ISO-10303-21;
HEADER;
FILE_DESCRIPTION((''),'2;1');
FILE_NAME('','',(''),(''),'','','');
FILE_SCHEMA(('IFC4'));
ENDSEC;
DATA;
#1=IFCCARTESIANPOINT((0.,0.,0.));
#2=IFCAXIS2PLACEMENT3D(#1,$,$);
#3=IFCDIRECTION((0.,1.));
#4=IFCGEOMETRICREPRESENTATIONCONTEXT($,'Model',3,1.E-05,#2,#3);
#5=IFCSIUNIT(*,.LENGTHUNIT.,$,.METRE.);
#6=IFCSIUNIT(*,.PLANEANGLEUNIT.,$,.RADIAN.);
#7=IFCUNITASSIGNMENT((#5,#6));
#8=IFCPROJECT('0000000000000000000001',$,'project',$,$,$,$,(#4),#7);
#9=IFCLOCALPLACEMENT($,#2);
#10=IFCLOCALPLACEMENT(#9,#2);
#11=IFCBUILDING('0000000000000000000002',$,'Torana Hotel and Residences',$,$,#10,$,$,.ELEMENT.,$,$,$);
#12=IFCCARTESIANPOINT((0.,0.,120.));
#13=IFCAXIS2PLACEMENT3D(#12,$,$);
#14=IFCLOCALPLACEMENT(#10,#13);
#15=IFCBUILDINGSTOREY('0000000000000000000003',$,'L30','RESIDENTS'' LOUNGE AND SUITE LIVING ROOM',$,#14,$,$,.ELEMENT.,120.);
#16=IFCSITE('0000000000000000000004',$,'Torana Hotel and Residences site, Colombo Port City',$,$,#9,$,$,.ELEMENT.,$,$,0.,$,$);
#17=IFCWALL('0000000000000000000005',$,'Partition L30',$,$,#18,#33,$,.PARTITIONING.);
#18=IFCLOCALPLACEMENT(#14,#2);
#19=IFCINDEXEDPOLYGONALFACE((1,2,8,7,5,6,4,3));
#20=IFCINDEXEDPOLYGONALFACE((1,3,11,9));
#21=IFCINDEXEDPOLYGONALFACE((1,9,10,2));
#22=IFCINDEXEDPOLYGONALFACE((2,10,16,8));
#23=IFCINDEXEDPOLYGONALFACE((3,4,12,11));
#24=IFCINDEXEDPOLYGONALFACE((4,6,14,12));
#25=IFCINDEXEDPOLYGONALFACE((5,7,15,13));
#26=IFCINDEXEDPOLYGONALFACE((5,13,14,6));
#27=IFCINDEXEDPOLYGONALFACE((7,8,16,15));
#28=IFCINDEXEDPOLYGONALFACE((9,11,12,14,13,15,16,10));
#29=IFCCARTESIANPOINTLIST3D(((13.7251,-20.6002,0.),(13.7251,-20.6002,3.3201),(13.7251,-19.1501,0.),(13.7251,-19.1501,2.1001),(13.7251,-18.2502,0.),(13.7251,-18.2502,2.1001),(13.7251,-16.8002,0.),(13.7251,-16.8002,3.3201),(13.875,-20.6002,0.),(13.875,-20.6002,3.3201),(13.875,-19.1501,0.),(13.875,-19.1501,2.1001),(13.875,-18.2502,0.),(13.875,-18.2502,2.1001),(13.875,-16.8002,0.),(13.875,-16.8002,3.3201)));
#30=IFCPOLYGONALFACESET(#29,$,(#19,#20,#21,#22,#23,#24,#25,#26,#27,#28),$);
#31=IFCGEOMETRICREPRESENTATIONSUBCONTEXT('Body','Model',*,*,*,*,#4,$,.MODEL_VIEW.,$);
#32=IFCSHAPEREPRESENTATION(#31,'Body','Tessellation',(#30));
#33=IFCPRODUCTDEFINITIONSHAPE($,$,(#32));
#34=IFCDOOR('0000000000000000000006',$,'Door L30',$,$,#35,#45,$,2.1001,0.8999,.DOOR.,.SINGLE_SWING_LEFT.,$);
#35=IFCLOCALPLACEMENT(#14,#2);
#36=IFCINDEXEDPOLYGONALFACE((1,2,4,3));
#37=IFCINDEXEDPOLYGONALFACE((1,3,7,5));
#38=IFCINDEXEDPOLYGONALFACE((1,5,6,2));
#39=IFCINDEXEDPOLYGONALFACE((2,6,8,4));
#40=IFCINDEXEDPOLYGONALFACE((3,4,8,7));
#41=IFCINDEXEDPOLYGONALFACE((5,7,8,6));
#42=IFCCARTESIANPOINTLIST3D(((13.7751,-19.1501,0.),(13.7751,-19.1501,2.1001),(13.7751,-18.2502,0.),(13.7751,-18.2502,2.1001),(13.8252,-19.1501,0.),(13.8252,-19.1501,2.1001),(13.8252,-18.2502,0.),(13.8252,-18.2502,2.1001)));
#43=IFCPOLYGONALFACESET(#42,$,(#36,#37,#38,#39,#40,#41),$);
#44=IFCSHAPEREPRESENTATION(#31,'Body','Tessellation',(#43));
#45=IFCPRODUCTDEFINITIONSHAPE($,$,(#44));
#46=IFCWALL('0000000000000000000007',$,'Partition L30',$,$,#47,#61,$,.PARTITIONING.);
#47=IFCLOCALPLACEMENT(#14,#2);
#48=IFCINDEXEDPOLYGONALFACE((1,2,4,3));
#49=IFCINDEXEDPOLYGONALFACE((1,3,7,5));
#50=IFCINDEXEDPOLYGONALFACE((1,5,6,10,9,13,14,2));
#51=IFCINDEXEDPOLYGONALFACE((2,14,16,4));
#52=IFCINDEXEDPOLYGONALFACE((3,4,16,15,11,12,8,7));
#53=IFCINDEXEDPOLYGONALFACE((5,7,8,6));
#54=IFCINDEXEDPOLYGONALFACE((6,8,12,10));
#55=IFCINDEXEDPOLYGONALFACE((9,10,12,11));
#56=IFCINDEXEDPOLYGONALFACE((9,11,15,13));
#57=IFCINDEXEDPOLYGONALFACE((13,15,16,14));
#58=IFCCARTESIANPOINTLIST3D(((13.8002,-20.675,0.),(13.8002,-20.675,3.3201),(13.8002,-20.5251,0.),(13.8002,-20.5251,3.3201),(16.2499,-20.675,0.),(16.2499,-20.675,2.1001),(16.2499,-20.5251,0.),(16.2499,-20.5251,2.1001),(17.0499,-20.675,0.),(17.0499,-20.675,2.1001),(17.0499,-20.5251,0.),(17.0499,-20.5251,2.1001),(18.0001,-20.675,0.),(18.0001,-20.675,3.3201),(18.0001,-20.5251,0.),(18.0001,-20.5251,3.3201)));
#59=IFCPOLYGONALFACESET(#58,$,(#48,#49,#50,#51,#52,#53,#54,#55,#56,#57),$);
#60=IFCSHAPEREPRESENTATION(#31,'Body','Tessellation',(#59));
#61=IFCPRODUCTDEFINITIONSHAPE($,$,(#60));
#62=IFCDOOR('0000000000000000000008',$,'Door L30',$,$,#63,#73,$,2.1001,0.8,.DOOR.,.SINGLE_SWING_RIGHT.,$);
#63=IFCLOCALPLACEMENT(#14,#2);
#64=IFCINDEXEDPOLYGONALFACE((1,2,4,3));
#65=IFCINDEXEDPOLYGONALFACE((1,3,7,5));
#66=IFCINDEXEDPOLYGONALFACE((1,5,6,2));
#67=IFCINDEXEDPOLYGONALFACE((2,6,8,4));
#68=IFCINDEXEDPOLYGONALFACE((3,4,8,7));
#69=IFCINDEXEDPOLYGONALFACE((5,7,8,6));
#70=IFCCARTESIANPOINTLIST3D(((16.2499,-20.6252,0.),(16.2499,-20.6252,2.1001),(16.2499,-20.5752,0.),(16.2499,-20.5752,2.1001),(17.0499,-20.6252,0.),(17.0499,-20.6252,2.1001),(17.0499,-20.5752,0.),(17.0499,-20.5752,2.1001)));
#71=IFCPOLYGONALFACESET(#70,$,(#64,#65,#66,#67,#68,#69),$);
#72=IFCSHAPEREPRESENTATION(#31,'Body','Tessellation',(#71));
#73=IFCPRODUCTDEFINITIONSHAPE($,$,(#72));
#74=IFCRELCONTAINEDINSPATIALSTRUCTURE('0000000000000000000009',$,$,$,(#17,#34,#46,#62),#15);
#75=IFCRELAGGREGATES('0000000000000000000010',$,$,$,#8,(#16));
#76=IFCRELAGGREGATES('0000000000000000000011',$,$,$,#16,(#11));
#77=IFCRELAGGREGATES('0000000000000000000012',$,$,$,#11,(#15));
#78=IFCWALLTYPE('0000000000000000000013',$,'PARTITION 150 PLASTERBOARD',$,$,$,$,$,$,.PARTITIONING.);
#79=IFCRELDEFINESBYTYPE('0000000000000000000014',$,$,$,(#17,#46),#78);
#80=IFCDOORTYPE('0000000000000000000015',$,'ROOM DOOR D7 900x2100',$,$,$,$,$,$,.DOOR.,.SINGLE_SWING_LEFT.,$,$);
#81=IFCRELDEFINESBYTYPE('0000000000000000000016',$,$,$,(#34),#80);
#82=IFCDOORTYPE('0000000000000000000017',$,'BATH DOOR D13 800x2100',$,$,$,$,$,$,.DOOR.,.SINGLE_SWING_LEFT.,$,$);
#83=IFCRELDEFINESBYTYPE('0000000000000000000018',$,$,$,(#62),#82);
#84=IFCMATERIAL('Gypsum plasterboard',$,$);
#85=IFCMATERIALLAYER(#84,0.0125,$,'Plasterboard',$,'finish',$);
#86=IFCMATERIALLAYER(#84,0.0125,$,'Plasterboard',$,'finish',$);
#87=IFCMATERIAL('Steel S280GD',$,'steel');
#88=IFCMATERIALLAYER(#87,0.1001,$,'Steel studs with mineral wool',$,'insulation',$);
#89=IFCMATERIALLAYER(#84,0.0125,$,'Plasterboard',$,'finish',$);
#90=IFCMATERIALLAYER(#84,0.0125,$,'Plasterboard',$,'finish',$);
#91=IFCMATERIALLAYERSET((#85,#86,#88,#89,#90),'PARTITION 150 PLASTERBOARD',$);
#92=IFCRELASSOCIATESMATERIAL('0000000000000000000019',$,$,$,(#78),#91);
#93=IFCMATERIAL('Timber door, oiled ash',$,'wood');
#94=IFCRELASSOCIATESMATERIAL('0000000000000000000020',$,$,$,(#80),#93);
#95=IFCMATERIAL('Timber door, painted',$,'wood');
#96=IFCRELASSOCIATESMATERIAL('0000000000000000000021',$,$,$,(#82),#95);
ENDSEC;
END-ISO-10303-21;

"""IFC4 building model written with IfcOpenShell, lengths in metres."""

from ifc_helpers import new_model, si_unit, direction, frame, frame_2d, origin, place, context, subcontext, project, spatial, rectangle, extrude, material, layer, layer_set, type_object, element, fill, save


model = new_model("IFC4")

# Units and contexts
model_context = context("Model", 3, precision=1e-05, world=origin(), true_north=direction((0.0, 1.0)))
body_context = subcontext(model_context, "Body", "Model", "MODEL_VIEW")
ifc_project = project(units=[si_unit("LENGTHUNIT", "METRE"), si_unit("PLANEANGLEUNIT", "RADIAN")], contexts=[model_context])

# Site, building, storey
site_placement = place(None, origin())
site = spatial("IfcSite", under=ifc_project, at=site_placement, Name="Torana Hotel and Residences site, Colombo Port City", CompositionType="ELEMENT", RefElevation=0.0)
building_placement = place(site_placement, origin())
building = spatial("IfcBuilding", under=site, at=building_placement, Name="Torana Hotel and Residences", CompositionType="ELEMENT")
storey_placement = place(building_placement, frame((0.0, 0.0, 120.0)))
storey = spatial("IfcBuildingStorey", under=building, at=storey_placement, Name="L30", Description="RESIDENTS' LOUNGE AND SUITE LIVING ROOM", CompositionType="ELEMENT", Elevation=120.0)

# Shared definitions
ifc_material_1 = material(Name="Gypsum plasterboard")
ifc_layer_1 = layer(ifc_material_1, 0.0125, Name="Plasterboard", Category="finish")
ifc_layer_2 = layer(ifc_material_1, 0.0125, Name="Plasterboard", Category="finish")
ifc_material_2 = material(Name="Steel S280GD", Category="steel")
ifc_layer_3 = layer(ifc_material_2, 0.1001, Name="Steel studs with mineral wool", Category="insulation")
ifc_layer_4 = layer(ifc_material_1, 0.0125, Name="Plasterboard", Category="finish")
ifc_layer_5 = layer(ifc_material_1, 0.0125, Name="Plasterboard", Category="finish")
ifc_layer_set_1 = layer_set([ifc_layer_1, ifc_layer_2, ifc_layer_3, ifc_layer_4, ifc_layer_5], Name="PARTITION 150 PLASTERBOARD")
wall_type_1 = type_object("IfcWallType", Name="PARTITION 150 PLASTERBOARD", PredefinedType="PARTITIONING", material=ifc_layer_set_1)

# Walls, openings, doors
wall_1_placement = place(storey_placement, frame((13.8, -20.6001, 0.0), z_axis=(0.0, 0.0, 1.0), x_axis=(0.0, 1.0, 0.0)))
wall_1 = element("IfcWall", 1, at=wall_1_placement, inside=storey, type_object=wall_type_1, Name="Partition L30", PredefinedType="PARTITIONING", context=body_context, shape_type="SweptSolid", body=[
    extrude(rectangle(XDim=3.8, YDim=0.1499, at=frame_2d((1.8999, 0.0))), origin(), (0.0, 0.0, 1.0), 3.3201),
])
opening_1_placement = place(wall_1_placement, frame((1.45, 0.0, 0.0)))
opening_1 = element("IfcOpeningElement", 2, at=opening_1_placement, cuts=wall_1, PredefinedType="OPENING", context=body_context, shape_type="SweptSolid", body=[
    extrude(rectangle(XDim=0.8999, YDim=2.1001, at=frame_2d((0.45, 1.05))), frame((0.0, 0.085, 0.0), z_axis=(0.0, -1.0, 0.0), x_axis=(1.0, 0.0, 0.0)), (0.0, 0.0, 1.0), 0.1699),
])
ifc_material_3 = material(Name="Timber door, oiled ash", Category="wood")
door_type_1 = type_object("IfcDoorType", Name="ROOM DOOR D7 900x2100", OperationType="SINGLE_SWING_LEFT", PredefinedType="DOOR", material=ifc_material_3)
door_1_placement = place(opening_1_placement, origin())
door_1 = element("IfcDoor", 3, at=door_1_placement, inside=storey, type_object=door_type_1, Name="Door L30", OperationType="SINGLE_SWING_LEFT", OverallHeight=2.1001, OverallWidth=0.8999, PredefinedType="DOOR", context=body_context, shape_type="SweptSolid", body=[
    extrude(rectangle(XDim=0.8999, YDim=2.1001, at=frame_2d((0.45, 1.05))), frame((0.0, 0.0249, 0.0), z_axis=(0.0, -1.0, 0.0), x_axis=(1.0, 0.0, 0.0)), (0.0, 0.0, 1.0), 0.05),
])
fill(opening_1, door_1)
wall_2_placement = place(storey_placement, frame((13.8, -20.6001, 0.0), z_axis=(0.0, 0.0, 1.0), x_axis=(1.0, 0.0, 0.0)))
wall_2 = element("IfcWall", 4, at=wall_2_placement, inside=storey, type_object=wall_type_1, Name="Partition L30", PredefinedType="PARTITIONING", context=body_context, shape_type="SweptSolid", body=[
    extrude(rectangle(XDim=4.2, YDim=0.1499, at=frame_2d((2.1001, 0.0))), origin(), (0.0, 0.0, 1.0), 3.3201),
])
opening_2_placement = place(wall_2_placement, frame((2.45, 0.0, 0.0)))
opening_2 = element("IfcOpeningElement", 5, at=opening_2_placement, cuts=wall_2, PredefinedType="OPENING", context=body_context, shape_type="SweptSolid", body=[
    extrude(rectangle(XDim=0.8, YDim=2.1001, at=frame_2d((0.3999, 1.05))), frame((0.0, 0.085, 0.0), z_axis=(0.0, -1.0, 0.0), x_axis=(1.0, 0.0, 0.0)), (0.0, 0.0, 1.0), 0.1699),
])
ifc_material_4 = material(Name="Timber door, painted", Category="wood")
door_type_2 = type_object("IfcDoorType", Name="BATH DOOR D13 800x2100", OperationType="SINGLE_SWING_LEFT", PredefinedType="DOOR", material=ifc_material_4)
door_2_placement = place(opening_2_placement, origin())
door_2 = element("IfcDoor", 6, at=door_2_placement, inside=storey, type_object=door_type_2, Name="Door L30", OperationType="SINGLE_SWING_RIGHT", OverallHeight=2.1001, OverallWidth=0.8, PredefinedType="DOOR", context=body_context, shape_type="SweptSolid", body=[
    extrude(rectangle(XDim=0.8, YDim=2.1001, at=frame_2d((0.3999, 1.05))), frame((0.0, 0.0249, 0.0), z_axis=(0.0, -1.0, 0.0), x_axis=(1.0, 0.0, 0.0)), (0.0, 0.0, 1.0), 0.05),
])
fill(opening_2, door_2)

save(model, "model.ifc")
